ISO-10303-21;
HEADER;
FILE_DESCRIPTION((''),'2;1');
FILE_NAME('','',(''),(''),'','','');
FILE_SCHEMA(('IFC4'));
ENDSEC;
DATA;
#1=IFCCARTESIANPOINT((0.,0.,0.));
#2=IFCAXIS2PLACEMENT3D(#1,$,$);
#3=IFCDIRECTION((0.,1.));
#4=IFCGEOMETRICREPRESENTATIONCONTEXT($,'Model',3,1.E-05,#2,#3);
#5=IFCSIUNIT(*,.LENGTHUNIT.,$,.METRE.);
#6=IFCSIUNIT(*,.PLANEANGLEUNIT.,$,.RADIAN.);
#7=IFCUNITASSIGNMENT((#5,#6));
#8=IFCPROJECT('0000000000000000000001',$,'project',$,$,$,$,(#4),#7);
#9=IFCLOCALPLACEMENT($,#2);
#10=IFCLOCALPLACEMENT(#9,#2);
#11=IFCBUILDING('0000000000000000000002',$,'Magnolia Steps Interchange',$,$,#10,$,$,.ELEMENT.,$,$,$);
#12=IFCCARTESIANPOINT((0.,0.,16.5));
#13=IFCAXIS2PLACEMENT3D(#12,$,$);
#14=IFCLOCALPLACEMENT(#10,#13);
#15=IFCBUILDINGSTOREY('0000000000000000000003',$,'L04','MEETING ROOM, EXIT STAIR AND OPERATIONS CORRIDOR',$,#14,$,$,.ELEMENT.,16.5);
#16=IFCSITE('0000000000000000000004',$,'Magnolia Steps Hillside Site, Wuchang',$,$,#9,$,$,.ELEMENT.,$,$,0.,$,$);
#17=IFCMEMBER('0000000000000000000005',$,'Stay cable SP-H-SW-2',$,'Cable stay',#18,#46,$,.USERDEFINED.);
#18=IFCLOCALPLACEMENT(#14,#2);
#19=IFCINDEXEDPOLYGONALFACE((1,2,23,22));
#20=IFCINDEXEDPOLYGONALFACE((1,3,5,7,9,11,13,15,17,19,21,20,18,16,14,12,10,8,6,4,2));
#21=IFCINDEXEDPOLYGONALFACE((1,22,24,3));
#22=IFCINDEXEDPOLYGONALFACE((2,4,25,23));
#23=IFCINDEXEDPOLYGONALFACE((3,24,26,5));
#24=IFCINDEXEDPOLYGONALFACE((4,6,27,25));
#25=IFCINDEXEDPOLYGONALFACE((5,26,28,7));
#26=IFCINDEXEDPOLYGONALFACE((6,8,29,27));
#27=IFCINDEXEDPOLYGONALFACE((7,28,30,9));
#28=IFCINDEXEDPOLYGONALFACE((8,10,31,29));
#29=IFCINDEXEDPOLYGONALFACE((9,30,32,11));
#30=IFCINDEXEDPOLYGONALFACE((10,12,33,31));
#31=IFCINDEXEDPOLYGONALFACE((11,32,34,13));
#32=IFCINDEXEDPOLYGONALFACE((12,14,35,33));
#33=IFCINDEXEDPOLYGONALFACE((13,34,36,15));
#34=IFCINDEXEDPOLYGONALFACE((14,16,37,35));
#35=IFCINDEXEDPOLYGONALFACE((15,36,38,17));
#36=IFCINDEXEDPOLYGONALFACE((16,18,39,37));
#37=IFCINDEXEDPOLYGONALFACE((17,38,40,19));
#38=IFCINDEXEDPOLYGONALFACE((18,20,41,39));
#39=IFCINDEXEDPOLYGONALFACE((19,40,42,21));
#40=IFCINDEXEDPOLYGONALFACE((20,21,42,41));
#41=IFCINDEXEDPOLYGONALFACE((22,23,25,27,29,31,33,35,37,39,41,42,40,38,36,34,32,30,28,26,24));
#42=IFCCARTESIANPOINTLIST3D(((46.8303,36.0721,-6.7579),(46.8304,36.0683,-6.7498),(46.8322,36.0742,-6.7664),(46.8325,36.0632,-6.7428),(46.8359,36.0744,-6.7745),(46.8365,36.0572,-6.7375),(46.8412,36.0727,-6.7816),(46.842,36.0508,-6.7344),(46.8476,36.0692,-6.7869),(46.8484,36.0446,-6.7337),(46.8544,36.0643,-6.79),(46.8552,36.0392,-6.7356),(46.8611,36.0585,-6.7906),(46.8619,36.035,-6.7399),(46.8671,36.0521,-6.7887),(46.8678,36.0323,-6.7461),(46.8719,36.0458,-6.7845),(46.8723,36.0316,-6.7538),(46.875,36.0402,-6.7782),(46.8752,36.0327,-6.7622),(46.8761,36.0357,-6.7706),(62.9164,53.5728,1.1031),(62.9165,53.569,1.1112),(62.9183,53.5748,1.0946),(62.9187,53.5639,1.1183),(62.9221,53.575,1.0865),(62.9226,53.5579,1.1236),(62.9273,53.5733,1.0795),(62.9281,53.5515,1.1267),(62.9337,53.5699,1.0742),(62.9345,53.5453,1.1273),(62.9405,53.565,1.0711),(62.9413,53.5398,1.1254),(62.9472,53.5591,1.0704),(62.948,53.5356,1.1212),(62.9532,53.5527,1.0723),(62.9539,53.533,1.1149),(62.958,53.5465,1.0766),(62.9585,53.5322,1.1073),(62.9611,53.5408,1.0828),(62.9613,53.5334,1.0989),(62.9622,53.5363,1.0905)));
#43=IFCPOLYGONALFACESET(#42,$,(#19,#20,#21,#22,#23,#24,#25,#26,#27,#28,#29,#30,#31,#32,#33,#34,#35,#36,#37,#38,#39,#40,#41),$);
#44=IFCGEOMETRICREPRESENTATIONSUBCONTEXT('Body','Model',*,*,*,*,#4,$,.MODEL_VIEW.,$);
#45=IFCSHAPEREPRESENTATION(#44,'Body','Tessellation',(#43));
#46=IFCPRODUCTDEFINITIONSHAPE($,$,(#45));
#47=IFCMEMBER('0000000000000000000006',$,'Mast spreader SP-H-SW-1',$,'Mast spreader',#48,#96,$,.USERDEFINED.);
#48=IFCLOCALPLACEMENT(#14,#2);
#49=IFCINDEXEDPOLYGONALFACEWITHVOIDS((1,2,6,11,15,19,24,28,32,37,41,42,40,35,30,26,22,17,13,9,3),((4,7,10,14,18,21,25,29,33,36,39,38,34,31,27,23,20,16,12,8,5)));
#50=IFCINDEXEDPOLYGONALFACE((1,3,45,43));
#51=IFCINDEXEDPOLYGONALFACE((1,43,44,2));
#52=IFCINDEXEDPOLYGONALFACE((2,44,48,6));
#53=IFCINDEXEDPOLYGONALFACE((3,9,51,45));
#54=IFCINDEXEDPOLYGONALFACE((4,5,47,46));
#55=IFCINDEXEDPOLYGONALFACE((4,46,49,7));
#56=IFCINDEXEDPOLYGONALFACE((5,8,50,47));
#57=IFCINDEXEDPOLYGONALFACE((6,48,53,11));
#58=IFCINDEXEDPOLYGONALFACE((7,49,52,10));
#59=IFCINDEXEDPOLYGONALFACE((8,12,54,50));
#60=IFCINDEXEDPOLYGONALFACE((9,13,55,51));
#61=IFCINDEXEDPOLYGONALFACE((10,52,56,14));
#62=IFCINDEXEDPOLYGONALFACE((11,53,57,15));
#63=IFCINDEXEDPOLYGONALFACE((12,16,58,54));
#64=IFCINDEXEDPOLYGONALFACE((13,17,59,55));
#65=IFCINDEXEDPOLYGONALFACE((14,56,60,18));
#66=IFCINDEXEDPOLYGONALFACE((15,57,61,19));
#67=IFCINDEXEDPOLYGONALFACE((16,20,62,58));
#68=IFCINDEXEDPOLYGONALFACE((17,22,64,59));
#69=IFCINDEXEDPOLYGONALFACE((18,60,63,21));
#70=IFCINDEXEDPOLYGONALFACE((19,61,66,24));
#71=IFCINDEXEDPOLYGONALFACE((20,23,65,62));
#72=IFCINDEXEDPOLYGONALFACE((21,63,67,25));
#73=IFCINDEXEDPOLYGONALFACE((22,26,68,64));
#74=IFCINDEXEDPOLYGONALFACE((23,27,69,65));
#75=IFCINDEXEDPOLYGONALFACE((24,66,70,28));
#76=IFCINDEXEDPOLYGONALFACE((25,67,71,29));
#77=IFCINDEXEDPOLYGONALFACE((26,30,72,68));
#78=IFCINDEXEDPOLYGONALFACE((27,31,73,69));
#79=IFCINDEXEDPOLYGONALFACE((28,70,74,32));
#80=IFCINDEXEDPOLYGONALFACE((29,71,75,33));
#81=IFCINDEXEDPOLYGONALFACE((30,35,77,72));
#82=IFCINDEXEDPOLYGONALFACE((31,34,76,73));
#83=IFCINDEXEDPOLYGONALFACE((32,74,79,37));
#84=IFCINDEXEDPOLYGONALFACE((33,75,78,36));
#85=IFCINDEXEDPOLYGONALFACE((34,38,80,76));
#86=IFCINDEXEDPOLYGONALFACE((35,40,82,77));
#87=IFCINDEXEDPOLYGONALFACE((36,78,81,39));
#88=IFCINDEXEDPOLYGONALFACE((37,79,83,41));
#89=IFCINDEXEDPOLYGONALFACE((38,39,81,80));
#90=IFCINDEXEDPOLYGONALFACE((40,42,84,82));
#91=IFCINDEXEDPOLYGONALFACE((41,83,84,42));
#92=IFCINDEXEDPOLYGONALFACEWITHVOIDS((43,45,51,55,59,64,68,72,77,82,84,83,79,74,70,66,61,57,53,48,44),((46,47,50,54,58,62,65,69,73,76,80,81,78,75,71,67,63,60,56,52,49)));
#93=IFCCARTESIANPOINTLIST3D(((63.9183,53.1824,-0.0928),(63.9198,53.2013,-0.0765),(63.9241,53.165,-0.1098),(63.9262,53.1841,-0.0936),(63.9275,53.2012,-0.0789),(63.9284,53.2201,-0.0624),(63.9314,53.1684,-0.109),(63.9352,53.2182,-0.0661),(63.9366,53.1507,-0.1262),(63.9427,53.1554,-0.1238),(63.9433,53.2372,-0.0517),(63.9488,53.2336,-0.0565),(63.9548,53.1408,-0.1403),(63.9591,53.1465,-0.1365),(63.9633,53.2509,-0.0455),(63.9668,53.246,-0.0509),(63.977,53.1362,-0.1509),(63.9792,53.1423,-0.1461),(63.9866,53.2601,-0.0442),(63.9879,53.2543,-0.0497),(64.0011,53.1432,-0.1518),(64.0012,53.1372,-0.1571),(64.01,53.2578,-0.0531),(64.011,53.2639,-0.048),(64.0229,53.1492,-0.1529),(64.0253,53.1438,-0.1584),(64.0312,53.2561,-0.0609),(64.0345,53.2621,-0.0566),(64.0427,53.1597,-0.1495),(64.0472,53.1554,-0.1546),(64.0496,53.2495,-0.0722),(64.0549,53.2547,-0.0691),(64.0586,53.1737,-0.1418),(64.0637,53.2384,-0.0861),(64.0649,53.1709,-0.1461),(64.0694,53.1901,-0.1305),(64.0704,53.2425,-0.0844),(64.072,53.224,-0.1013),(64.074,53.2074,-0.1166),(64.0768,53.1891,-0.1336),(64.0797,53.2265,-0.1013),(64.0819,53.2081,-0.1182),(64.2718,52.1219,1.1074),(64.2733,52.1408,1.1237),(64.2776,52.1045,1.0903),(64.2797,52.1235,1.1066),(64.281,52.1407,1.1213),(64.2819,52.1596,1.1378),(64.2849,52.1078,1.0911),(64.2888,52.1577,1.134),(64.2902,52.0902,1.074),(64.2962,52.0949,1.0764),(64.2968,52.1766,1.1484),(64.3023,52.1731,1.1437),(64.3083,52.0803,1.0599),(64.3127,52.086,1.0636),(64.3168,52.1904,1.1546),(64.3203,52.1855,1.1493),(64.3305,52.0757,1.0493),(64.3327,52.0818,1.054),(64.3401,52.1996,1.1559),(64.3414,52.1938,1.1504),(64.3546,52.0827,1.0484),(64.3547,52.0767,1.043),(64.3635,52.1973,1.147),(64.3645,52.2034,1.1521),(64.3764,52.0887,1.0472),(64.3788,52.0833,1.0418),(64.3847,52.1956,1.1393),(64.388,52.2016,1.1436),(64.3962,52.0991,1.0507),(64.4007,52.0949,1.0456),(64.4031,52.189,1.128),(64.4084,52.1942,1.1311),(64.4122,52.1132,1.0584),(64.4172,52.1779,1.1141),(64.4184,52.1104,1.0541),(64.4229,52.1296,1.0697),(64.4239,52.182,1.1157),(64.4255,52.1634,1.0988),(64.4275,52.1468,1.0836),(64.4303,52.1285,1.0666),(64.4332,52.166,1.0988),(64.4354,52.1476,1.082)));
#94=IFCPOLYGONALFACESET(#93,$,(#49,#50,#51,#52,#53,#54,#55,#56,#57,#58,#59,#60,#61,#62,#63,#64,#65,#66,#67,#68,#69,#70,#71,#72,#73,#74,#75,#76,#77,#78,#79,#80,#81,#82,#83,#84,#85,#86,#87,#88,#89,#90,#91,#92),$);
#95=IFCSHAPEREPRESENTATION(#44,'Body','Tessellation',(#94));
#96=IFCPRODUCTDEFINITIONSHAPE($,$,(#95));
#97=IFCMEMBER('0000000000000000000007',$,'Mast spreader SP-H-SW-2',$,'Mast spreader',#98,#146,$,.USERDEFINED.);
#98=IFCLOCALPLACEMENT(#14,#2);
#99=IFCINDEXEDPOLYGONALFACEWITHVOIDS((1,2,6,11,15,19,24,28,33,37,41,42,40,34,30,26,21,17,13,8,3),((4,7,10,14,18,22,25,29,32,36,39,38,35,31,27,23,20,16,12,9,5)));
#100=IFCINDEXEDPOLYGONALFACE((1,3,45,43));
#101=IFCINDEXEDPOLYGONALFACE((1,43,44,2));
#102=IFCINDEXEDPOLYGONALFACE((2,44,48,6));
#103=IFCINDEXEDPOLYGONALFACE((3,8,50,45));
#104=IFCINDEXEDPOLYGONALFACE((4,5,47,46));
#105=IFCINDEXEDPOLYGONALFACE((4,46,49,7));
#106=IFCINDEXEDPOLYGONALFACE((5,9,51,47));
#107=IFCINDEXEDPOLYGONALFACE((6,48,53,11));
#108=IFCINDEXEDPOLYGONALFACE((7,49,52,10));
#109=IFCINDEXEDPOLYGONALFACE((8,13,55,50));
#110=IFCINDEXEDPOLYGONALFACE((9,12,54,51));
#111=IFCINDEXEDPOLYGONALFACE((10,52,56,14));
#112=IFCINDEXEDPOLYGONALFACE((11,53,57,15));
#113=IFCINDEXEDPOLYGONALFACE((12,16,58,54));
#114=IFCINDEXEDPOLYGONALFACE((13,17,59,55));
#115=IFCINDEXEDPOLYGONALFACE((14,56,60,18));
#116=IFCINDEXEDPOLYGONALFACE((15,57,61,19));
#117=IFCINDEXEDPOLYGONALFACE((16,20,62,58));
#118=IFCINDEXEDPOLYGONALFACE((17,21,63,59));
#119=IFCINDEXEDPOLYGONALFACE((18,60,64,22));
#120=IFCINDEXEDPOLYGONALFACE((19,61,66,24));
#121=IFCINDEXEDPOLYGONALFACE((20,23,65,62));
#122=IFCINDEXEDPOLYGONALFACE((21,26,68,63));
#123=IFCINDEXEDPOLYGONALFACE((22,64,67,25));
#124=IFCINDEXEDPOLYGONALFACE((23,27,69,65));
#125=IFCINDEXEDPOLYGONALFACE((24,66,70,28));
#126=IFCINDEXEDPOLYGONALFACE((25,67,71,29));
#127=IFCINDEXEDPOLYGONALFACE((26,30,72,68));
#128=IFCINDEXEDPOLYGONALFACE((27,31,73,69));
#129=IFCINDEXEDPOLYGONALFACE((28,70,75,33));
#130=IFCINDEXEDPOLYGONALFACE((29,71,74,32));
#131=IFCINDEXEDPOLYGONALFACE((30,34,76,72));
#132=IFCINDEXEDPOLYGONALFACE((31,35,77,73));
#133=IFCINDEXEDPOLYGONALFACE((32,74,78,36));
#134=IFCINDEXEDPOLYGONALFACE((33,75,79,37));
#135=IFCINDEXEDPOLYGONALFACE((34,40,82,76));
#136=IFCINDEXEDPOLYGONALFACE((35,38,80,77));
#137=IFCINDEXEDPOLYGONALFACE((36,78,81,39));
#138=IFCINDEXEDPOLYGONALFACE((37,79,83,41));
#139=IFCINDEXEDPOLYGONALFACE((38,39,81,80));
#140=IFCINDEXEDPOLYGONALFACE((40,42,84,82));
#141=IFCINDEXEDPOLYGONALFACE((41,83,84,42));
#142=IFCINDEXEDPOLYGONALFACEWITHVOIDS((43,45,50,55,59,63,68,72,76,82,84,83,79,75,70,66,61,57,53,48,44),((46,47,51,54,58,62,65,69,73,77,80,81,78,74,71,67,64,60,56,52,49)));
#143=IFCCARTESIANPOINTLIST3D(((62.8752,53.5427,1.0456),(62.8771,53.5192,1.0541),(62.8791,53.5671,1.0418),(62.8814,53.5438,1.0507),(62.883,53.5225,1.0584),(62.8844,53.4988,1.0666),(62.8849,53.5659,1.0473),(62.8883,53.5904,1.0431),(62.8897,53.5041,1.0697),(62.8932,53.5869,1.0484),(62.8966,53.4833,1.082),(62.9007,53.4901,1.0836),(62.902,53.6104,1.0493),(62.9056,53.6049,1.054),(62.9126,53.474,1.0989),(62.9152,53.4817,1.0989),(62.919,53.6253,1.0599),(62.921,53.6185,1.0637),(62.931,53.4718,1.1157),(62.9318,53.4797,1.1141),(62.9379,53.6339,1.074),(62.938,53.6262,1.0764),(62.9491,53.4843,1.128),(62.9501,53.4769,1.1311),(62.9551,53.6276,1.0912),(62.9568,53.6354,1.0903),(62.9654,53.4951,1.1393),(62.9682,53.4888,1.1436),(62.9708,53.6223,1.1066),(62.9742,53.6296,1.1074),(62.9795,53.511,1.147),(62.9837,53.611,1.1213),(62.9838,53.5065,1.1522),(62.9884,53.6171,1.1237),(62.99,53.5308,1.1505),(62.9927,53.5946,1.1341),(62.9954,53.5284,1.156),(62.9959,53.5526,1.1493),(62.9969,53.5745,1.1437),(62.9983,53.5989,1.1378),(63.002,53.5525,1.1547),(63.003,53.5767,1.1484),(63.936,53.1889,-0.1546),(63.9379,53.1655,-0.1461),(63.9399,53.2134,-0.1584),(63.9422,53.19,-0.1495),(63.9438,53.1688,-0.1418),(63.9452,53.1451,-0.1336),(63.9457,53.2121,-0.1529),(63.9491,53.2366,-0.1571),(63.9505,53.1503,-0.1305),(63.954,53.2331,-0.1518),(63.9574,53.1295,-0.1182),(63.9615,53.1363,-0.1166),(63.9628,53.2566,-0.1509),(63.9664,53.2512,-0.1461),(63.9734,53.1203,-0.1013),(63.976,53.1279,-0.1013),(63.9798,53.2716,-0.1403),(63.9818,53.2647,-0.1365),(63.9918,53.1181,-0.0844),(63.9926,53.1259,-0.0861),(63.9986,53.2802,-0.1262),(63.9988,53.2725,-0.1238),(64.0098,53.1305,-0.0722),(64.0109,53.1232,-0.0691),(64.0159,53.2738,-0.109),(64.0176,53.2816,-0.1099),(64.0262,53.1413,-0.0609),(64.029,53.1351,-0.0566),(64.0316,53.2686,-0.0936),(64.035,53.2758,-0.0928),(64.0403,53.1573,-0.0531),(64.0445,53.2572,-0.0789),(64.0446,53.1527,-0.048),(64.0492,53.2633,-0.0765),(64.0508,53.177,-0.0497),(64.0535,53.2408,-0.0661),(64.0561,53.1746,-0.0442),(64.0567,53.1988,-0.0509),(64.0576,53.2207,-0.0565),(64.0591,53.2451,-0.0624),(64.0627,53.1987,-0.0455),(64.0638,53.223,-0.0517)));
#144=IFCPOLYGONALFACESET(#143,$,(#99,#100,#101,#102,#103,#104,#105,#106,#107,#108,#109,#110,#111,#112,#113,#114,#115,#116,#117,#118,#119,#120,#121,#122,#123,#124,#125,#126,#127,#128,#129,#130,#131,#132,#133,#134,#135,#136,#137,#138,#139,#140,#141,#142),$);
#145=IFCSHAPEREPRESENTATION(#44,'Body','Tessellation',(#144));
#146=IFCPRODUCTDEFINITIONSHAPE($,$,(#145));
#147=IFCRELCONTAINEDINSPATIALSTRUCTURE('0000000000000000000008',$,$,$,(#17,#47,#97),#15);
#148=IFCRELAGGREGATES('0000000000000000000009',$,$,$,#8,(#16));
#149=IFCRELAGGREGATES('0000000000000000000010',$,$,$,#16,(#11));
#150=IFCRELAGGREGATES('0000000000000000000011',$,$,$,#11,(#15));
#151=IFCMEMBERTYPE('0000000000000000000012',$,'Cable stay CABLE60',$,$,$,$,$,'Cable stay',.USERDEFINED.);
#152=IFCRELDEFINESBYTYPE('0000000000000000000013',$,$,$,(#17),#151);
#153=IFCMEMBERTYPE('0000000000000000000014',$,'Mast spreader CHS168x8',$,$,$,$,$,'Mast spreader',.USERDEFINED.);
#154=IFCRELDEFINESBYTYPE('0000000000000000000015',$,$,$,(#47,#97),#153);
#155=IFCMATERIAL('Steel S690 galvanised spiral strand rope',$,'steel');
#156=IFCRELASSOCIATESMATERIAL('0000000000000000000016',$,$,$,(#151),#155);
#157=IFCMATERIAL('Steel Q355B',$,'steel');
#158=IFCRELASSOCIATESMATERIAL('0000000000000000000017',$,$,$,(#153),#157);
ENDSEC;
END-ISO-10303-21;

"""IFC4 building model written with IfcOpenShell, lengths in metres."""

from ifc_helpers import new_model, si_unit, direction, frame, origin, origin_2d, place, context, subcontext, project, spatial, circle, hollow_circle, extrude, material, material_profile, profile_set, type_object, element, save


model = new_model("IFC4")

# Units and contexts
model_context = context("Model", 3, precision=1e-05, world=origin(), true_north=direction((0.0, 1.0)))
body_context = subcontext(model_context, "Body", "Model", "MODEL_VIEW")
ifc_project = project(units=[si_unit("LENGTHUNIT", "METRE"), si_unit("PLANEANGLEUNIT", "RADIAN")], contexts=[model_context])

# Site, building, storey
site_placement = place(None, origin())
site = spatial("IfcSite", under=ifc_project, at=site_placement, Name="Magnolia Steps Hillside Site, Wuchang", CompositionType="ELEMENT", RefElevation=0.0)
building_placement = place(site_placement, origin())
building = spatial("IfcBuilding", under=site, at=building_placement, Name="Magnolia Steps Interchange", CompositionType="ELEMENT")
storey_placement = place(building_placement, frame((0.0, 0.0, 16.5)))
storey = spatial("IfcBuildingStorey", under=building, at=storey_placement, Name="L04", Description="MEETING ROOM, EXIT STAIR AND OPERATIONS CORRIDOR", CompositionType="ELEMENT", Elevation=16.5)

# Members
ifc_material_1 = material(Name="Steel S690 galvanised spiral strand rope", Category="steel")
ifc_material_profile_1 = material_profile(ifc_material_1, circle(Radius=0.03, at=origin_2d()), Name="CABLE60")
ifc_profile_set_1 = profile_set([ifc_material_profile_1], Name="Steel S690 galvanised spiral strand rope")
member_type_1 = type_object("IfcMemberType", Name="Cable stay CABLE60", ElementType="Cable stay", PredefinedType="USERDEFINED", material=ifc_profile_set_1)
member_1_placement = place(storey_placement, frame((62.9392, 53.5537, 1.0989), z_axis=(-0.642503, -0.699003, -0.313982), x_axis=(0.736235, -0.676726, 0.0)))
element("IfcMember", 1, at=member_1_placement, inside=storey, type_object=member_type_1, Name="Stay cable SP-H-SW-2", ObjectType="Cable stay", PredefinedType="USERDEFINED", context=body_context, shape_type="SweptSolid", body=[
    extrude(circle(Radius=0.03, at=origin_2d()), origin(), (0.0, 0.0, 1.0), 25.0366),
])
ifc_material_2 = material(Name="Steel Q355B", Category="steel")
ifc_material_profile_2 = material_profile(ifc_material_2, hollow_circle(Radius=0.084, WallThickness=0.0081, at=origin_2d()), Name="CHS168x8")
ifc_profile_set_2 = profile_set([ifc_material_profile_2], Name="Steel Q355B")
member_type_2 = type_object("IfcMemberType", Name="Mast spreader CHS168x8", ElementType="Mast spreader", PredefinedType="USERDEFINED", material=ifc_profile_set_2)
member_2_placement = place(storey_placement, frame((64.0, 53.2, -0.1013), z_axis=(0.215534, -0.646603, 0.731745), x_axis=(0.948683, 0.316228, 0.0)))
element("IfcMember", 2, at=member_2_placement, inside=storey, type_object=member_type_2, Name="Mast spreader SP-H-SW-1", ObjectType="Mast spreader", PredefinedType="USERDEFINED", context=body_context, shape_type="SweptSolid", body=[
    extrude(hollow_circle(Radius=0.084, WallThickness=0.0081, at=origin_2d()), origin(), (0.0, 0.0, 1.0), 1.6401),
])
member_3_placement = place(storey_placement, frame((64.0, 53.2, -0.1013), z_axis=(-0.646668, 0.215655, 0.731651), x_axis=(-0.316359, -0.94864, 0.0)))
element("IfcMember", 3, at=member_3_placement, inside=storey, type_object=member_type_2, Name="Mast spreader SP-H-SW-2", ObjectType="Mast spreader", PredefinedType="USERDEFINED", context=body_context, shape_type="SweptSolid", body=[
    extrude(hollow_circle(Radius=0.084, WallThickness=0.0081, at=origin_2d()), origin(), (0.0, 0.0, 1.0), 1.6404),
])

save(model, "model.ifc")
